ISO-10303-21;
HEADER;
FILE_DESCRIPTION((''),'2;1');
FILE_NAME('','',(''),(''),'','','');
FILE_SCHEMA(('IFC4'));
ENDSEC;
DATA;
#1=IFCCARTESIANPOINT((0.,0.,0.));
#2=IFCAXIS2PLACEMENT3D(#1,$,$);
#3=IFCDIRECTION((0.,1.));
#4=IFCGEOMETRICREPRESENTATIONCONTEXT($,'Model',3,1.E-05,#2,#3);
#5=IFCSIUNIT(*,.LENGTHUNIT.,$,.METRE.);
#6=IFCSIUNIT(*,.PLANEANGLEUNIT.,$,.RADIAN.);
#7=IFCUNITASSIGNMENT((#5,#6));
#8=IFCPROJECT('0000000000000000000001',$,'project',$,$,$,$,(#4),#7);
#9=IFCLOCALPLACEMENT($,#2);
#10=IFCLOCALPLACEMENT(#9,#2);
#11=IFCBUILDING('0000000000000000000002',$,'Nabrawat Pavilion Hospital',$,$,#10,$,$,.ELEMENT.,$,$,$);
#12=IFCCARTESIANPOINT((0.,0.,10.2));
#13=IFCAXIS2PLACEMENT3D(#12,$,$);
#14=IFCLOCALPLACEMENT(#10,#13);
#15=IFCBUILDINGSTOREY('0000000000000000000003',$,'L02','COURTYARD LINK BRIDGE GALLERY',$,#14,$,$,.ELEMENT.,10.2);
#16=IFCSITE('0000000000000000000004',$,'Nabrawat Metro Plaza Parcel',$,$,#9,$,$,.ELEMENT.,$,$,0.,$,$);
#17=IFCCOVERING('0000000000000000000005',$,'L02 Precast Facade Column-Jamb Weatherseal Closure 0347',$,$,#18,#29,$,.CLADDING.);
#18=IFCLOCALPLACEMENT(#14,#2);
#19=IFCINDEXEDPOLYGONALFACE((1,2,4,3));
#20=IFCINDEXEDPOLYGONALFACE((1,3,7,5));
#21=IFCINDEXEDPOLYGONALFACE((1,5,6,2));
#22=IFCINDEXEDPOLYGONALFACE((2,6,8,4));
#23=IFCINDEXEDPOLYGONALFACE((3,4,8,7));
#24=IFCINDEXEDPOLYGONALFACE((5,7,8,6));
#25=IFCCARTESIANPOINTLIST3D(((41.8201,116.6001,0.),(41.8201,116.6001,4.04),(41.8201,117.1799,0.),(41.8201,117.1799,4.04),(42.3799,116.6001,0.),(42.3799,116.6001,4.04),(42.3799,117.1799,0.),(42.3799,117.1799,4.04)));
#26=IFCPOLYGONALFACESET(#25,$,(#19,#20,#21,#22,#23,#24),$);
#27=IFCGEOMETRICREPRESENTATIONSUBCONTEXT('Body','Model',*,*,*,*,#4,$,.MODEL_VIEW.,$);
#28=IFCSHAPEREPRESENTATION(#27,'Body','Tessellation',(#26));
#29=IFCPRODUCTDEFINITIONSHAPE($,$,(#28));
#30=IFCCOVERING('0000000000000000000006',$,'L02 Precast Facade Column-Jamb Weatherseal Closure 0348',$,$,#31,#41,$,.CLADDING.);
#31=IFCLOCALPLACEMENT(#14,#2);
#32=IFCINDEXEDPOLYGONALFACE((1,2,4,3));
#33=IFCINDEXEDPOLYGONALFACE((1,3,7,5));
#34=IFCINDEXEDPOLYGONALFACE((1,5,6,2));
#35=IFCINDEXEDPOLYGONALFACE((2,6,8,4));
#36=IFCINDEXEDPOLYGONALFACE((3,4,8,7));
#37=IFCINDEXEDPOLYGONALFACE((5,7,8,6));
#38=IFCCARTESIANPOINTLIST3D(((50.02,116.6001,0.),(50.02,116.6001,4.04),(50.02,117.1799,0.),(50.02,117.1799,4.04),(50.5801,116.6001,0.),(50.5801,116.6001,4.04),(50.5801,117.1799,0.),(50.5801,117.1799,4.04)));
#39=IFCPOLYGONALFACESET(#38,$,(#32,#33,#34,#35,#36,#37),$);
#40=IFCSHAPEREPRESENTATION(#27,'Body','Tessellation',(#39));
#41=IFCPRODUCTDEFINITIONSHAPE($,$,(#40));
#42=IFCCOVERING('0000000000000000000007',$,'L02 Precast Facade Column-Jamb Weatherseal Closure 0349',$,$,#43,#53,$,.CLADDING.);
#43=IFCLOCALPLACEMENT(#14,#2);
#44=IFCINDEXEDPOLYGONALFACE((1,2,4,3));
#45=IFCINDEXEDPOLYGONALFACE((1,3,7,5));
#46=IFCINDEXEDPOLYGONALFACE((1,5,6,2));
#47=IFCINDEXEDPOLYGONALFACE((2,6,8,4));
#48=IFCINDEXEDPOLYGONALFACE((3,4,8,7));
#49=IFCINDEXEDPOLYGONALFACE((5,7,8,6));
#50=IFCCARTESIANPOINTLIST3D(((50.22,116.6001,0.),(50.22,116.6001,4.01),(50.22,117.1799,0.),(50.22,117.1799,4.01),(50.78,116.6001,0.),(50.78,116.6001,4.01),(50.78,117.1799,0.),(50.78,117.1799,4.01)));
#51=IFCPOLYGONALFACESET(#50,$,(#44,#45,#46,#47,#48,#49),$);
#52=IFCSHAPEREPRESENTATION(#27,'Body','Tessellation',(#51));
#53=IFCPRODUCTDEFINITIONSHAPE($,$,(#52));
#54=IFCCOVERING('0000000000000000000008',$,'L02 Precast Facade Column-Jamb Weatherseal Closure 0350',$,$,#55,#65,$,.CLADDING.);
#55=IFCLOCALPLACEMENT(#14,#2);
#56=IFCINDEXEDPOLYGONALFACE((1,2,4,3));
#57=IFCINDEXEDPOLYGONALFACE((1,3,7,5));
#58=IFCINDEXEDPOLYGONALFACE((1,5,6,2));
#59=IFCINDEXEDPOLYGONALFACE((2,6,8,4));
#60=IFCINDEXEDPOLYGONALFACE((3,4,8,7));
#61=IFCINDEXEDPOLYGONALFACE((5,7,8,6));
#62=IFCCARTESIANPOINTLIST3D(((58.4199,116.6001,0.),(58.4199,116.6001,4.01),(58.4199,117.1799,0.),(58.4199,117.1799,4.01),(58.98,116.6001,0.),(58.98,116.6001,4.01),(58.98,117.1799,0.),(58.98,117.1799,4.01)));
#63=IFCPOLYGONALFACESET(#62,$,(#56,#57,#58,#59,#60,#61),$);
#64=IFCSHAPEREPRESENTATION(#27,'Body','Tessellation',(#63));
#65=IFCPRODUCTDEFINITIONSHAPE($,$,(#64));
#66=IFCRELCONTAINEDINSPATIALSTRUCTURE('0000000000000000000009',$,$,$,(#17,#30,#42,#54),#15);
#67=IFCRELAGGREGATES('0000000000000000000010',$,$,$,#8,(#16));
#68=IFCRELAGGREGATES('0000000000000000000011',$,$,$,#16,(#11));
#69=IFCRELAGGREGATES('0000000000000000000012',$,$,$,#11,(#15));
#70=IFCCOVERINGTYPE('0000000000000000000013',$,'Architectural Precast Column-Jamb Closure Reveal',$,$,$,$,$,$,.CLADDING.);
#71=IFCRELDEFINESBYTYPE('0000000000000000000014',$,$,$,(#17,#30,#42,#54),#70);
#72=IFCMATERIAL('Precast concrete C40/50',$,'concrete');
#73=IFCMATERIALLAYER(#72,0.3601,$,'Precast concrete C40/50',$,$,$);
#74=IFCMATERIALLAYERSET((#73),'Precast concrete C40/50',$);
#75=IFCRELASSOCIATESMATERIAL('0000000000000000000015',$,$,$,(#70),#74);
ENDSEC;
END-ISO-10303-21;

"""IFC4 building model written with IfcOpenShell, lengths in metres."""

from ifc_helpers import new_model, si_unit, direction, frame, origin, place, context, subcontext, project, spatial, polyline, outline, extrude, material, layer, layer_set, type_object, element, save


model = new_model("IFC4")

# Units and contexts
model_context = context("Model", 3, precision=1e-05, world=origin(), true_north=direction((0.0, 1.0)))
body_context = subcontext(model_context, "Body", "Model", "MODEL_VIEW")
ifc_project = project(units=[si_unit("LENGTHUNIT", "METRE"), si_unit("PLANEANGLEUNIT", "RADIAN")], contexts=[model_context])

# Site, building, storey
site_placement = place(None, origin())
site = spatial("IfcSite", under=ifc_project, at=site_placement, Name="Nabrawat Metro Plaza Parcel", CompositionType="ELEMENT", RefElevation=0.0)
building_placement = place(site_placement, origin())
building = spatial("IfcBuilding", under=site, at=building_placement, Name="Nabrawat Pavilion Hospital", CompositionType="ELEMENT")
storey_placement = place(building_placement, frame((0.0, 0.0, 10.2)))
storey = spatial("IfcBuildingStorey", under=building, at=storey_placement, Name="L02", Description="COURTYARD LINK BRIDGE GALLERY", CompositionType="ELEMENT", Elevation=10.2)

# Coverings
ifc_material = material(Name="Precast concrete C40/50", Category="concrete")
ifc_layer = layer(ifc_material, 0.3601, Name="Precast concrete C40/50")
ifc_layer_set = layer_set([ifc_layer], Name="Precast concrete C40/50")
covering_type = type_object("IfcCoveringType", Name="Architectural Precast Column-Jamb Closure Reveal", PredefinedType="CLADDING", material=ifc_layer_set)
covering_1_placement = place(storey_placement, origin())
element("IfcCovering", 1, at=covering_1_placement, inside=storey, type_object=covering_type, Name="L02 Precast Facade Column-Jamb Weatherseal Closure 0347", PredefinedType="CLADDING", context=body_context, shape_type="SweptSolid", body=[
    extrude(outline(polyline([(42.3799, 116.6001), (42.3799, 117.1799), (41.8201, 117.1799), (41.8201, 116.6001), (42.3799, 116.6001)])), origin(), (0.0, 0.0, 1.0), 4.04),
])
covering_2_placement = place(storey_placement, origin())
element("IfcCovering", 2, at=covering_2_placement, inside=storey, type_object=covering_type, Name="L02 Precast Facade Column-Jamb Weatherseal Closure 0348", PredefinedType="CLADDING", context=body_context, shape_type="SweptSolid", body=[
    extrude(outline(polyline([(50.5801, 116.6001), (50.5801, 117.1799), (50.02, 117.1799), (50.02, 116.6001), (50.5801, 116.6001)])), origin(), (0.0, 0.0, 1.0), 4.04),
])
covering_3_placement = place(storey_placement, origin())
element("IfcCovering", 3, at=covering_3_placement, inside=storey, type_object=covering_type, Name="L02 Precast Facade Column-Jamb Weatherseal Closure 0349", PredefinedType="CLADDING", context=body_context, shape_type="SweptSolid", body=[
    extrude(outline(polyline([(50.78, 116.6001), (50.78, 117.1799), (50.22, 117.1799), (50.22, 116.6001), (50.78, 116.6001)])), origin(), (0.0, 0.0, 1.0), 4.01),
])
covering_4_placement = place(storey_placement, origin())
element("IfcCovering", 4, at=covering_4_placement, inside=storey, type_object=covering_type, Name="L02 Precast Facade Column-Jamb Weatherseal Closure 0350", PredefinedType="CLADDING", context=body_context, shape_type="SweptSolid", body=[
    extrude(outline(polyline([(58.98, 116.6001), (58.98, 117.1799), (58.4199, 117.1799), (58.4199, 116.6001), (58.98, 116.6001)])), origin(), (0.0, 0.0, 1.0), 4.01),
])

save(model, "model.ifc")
